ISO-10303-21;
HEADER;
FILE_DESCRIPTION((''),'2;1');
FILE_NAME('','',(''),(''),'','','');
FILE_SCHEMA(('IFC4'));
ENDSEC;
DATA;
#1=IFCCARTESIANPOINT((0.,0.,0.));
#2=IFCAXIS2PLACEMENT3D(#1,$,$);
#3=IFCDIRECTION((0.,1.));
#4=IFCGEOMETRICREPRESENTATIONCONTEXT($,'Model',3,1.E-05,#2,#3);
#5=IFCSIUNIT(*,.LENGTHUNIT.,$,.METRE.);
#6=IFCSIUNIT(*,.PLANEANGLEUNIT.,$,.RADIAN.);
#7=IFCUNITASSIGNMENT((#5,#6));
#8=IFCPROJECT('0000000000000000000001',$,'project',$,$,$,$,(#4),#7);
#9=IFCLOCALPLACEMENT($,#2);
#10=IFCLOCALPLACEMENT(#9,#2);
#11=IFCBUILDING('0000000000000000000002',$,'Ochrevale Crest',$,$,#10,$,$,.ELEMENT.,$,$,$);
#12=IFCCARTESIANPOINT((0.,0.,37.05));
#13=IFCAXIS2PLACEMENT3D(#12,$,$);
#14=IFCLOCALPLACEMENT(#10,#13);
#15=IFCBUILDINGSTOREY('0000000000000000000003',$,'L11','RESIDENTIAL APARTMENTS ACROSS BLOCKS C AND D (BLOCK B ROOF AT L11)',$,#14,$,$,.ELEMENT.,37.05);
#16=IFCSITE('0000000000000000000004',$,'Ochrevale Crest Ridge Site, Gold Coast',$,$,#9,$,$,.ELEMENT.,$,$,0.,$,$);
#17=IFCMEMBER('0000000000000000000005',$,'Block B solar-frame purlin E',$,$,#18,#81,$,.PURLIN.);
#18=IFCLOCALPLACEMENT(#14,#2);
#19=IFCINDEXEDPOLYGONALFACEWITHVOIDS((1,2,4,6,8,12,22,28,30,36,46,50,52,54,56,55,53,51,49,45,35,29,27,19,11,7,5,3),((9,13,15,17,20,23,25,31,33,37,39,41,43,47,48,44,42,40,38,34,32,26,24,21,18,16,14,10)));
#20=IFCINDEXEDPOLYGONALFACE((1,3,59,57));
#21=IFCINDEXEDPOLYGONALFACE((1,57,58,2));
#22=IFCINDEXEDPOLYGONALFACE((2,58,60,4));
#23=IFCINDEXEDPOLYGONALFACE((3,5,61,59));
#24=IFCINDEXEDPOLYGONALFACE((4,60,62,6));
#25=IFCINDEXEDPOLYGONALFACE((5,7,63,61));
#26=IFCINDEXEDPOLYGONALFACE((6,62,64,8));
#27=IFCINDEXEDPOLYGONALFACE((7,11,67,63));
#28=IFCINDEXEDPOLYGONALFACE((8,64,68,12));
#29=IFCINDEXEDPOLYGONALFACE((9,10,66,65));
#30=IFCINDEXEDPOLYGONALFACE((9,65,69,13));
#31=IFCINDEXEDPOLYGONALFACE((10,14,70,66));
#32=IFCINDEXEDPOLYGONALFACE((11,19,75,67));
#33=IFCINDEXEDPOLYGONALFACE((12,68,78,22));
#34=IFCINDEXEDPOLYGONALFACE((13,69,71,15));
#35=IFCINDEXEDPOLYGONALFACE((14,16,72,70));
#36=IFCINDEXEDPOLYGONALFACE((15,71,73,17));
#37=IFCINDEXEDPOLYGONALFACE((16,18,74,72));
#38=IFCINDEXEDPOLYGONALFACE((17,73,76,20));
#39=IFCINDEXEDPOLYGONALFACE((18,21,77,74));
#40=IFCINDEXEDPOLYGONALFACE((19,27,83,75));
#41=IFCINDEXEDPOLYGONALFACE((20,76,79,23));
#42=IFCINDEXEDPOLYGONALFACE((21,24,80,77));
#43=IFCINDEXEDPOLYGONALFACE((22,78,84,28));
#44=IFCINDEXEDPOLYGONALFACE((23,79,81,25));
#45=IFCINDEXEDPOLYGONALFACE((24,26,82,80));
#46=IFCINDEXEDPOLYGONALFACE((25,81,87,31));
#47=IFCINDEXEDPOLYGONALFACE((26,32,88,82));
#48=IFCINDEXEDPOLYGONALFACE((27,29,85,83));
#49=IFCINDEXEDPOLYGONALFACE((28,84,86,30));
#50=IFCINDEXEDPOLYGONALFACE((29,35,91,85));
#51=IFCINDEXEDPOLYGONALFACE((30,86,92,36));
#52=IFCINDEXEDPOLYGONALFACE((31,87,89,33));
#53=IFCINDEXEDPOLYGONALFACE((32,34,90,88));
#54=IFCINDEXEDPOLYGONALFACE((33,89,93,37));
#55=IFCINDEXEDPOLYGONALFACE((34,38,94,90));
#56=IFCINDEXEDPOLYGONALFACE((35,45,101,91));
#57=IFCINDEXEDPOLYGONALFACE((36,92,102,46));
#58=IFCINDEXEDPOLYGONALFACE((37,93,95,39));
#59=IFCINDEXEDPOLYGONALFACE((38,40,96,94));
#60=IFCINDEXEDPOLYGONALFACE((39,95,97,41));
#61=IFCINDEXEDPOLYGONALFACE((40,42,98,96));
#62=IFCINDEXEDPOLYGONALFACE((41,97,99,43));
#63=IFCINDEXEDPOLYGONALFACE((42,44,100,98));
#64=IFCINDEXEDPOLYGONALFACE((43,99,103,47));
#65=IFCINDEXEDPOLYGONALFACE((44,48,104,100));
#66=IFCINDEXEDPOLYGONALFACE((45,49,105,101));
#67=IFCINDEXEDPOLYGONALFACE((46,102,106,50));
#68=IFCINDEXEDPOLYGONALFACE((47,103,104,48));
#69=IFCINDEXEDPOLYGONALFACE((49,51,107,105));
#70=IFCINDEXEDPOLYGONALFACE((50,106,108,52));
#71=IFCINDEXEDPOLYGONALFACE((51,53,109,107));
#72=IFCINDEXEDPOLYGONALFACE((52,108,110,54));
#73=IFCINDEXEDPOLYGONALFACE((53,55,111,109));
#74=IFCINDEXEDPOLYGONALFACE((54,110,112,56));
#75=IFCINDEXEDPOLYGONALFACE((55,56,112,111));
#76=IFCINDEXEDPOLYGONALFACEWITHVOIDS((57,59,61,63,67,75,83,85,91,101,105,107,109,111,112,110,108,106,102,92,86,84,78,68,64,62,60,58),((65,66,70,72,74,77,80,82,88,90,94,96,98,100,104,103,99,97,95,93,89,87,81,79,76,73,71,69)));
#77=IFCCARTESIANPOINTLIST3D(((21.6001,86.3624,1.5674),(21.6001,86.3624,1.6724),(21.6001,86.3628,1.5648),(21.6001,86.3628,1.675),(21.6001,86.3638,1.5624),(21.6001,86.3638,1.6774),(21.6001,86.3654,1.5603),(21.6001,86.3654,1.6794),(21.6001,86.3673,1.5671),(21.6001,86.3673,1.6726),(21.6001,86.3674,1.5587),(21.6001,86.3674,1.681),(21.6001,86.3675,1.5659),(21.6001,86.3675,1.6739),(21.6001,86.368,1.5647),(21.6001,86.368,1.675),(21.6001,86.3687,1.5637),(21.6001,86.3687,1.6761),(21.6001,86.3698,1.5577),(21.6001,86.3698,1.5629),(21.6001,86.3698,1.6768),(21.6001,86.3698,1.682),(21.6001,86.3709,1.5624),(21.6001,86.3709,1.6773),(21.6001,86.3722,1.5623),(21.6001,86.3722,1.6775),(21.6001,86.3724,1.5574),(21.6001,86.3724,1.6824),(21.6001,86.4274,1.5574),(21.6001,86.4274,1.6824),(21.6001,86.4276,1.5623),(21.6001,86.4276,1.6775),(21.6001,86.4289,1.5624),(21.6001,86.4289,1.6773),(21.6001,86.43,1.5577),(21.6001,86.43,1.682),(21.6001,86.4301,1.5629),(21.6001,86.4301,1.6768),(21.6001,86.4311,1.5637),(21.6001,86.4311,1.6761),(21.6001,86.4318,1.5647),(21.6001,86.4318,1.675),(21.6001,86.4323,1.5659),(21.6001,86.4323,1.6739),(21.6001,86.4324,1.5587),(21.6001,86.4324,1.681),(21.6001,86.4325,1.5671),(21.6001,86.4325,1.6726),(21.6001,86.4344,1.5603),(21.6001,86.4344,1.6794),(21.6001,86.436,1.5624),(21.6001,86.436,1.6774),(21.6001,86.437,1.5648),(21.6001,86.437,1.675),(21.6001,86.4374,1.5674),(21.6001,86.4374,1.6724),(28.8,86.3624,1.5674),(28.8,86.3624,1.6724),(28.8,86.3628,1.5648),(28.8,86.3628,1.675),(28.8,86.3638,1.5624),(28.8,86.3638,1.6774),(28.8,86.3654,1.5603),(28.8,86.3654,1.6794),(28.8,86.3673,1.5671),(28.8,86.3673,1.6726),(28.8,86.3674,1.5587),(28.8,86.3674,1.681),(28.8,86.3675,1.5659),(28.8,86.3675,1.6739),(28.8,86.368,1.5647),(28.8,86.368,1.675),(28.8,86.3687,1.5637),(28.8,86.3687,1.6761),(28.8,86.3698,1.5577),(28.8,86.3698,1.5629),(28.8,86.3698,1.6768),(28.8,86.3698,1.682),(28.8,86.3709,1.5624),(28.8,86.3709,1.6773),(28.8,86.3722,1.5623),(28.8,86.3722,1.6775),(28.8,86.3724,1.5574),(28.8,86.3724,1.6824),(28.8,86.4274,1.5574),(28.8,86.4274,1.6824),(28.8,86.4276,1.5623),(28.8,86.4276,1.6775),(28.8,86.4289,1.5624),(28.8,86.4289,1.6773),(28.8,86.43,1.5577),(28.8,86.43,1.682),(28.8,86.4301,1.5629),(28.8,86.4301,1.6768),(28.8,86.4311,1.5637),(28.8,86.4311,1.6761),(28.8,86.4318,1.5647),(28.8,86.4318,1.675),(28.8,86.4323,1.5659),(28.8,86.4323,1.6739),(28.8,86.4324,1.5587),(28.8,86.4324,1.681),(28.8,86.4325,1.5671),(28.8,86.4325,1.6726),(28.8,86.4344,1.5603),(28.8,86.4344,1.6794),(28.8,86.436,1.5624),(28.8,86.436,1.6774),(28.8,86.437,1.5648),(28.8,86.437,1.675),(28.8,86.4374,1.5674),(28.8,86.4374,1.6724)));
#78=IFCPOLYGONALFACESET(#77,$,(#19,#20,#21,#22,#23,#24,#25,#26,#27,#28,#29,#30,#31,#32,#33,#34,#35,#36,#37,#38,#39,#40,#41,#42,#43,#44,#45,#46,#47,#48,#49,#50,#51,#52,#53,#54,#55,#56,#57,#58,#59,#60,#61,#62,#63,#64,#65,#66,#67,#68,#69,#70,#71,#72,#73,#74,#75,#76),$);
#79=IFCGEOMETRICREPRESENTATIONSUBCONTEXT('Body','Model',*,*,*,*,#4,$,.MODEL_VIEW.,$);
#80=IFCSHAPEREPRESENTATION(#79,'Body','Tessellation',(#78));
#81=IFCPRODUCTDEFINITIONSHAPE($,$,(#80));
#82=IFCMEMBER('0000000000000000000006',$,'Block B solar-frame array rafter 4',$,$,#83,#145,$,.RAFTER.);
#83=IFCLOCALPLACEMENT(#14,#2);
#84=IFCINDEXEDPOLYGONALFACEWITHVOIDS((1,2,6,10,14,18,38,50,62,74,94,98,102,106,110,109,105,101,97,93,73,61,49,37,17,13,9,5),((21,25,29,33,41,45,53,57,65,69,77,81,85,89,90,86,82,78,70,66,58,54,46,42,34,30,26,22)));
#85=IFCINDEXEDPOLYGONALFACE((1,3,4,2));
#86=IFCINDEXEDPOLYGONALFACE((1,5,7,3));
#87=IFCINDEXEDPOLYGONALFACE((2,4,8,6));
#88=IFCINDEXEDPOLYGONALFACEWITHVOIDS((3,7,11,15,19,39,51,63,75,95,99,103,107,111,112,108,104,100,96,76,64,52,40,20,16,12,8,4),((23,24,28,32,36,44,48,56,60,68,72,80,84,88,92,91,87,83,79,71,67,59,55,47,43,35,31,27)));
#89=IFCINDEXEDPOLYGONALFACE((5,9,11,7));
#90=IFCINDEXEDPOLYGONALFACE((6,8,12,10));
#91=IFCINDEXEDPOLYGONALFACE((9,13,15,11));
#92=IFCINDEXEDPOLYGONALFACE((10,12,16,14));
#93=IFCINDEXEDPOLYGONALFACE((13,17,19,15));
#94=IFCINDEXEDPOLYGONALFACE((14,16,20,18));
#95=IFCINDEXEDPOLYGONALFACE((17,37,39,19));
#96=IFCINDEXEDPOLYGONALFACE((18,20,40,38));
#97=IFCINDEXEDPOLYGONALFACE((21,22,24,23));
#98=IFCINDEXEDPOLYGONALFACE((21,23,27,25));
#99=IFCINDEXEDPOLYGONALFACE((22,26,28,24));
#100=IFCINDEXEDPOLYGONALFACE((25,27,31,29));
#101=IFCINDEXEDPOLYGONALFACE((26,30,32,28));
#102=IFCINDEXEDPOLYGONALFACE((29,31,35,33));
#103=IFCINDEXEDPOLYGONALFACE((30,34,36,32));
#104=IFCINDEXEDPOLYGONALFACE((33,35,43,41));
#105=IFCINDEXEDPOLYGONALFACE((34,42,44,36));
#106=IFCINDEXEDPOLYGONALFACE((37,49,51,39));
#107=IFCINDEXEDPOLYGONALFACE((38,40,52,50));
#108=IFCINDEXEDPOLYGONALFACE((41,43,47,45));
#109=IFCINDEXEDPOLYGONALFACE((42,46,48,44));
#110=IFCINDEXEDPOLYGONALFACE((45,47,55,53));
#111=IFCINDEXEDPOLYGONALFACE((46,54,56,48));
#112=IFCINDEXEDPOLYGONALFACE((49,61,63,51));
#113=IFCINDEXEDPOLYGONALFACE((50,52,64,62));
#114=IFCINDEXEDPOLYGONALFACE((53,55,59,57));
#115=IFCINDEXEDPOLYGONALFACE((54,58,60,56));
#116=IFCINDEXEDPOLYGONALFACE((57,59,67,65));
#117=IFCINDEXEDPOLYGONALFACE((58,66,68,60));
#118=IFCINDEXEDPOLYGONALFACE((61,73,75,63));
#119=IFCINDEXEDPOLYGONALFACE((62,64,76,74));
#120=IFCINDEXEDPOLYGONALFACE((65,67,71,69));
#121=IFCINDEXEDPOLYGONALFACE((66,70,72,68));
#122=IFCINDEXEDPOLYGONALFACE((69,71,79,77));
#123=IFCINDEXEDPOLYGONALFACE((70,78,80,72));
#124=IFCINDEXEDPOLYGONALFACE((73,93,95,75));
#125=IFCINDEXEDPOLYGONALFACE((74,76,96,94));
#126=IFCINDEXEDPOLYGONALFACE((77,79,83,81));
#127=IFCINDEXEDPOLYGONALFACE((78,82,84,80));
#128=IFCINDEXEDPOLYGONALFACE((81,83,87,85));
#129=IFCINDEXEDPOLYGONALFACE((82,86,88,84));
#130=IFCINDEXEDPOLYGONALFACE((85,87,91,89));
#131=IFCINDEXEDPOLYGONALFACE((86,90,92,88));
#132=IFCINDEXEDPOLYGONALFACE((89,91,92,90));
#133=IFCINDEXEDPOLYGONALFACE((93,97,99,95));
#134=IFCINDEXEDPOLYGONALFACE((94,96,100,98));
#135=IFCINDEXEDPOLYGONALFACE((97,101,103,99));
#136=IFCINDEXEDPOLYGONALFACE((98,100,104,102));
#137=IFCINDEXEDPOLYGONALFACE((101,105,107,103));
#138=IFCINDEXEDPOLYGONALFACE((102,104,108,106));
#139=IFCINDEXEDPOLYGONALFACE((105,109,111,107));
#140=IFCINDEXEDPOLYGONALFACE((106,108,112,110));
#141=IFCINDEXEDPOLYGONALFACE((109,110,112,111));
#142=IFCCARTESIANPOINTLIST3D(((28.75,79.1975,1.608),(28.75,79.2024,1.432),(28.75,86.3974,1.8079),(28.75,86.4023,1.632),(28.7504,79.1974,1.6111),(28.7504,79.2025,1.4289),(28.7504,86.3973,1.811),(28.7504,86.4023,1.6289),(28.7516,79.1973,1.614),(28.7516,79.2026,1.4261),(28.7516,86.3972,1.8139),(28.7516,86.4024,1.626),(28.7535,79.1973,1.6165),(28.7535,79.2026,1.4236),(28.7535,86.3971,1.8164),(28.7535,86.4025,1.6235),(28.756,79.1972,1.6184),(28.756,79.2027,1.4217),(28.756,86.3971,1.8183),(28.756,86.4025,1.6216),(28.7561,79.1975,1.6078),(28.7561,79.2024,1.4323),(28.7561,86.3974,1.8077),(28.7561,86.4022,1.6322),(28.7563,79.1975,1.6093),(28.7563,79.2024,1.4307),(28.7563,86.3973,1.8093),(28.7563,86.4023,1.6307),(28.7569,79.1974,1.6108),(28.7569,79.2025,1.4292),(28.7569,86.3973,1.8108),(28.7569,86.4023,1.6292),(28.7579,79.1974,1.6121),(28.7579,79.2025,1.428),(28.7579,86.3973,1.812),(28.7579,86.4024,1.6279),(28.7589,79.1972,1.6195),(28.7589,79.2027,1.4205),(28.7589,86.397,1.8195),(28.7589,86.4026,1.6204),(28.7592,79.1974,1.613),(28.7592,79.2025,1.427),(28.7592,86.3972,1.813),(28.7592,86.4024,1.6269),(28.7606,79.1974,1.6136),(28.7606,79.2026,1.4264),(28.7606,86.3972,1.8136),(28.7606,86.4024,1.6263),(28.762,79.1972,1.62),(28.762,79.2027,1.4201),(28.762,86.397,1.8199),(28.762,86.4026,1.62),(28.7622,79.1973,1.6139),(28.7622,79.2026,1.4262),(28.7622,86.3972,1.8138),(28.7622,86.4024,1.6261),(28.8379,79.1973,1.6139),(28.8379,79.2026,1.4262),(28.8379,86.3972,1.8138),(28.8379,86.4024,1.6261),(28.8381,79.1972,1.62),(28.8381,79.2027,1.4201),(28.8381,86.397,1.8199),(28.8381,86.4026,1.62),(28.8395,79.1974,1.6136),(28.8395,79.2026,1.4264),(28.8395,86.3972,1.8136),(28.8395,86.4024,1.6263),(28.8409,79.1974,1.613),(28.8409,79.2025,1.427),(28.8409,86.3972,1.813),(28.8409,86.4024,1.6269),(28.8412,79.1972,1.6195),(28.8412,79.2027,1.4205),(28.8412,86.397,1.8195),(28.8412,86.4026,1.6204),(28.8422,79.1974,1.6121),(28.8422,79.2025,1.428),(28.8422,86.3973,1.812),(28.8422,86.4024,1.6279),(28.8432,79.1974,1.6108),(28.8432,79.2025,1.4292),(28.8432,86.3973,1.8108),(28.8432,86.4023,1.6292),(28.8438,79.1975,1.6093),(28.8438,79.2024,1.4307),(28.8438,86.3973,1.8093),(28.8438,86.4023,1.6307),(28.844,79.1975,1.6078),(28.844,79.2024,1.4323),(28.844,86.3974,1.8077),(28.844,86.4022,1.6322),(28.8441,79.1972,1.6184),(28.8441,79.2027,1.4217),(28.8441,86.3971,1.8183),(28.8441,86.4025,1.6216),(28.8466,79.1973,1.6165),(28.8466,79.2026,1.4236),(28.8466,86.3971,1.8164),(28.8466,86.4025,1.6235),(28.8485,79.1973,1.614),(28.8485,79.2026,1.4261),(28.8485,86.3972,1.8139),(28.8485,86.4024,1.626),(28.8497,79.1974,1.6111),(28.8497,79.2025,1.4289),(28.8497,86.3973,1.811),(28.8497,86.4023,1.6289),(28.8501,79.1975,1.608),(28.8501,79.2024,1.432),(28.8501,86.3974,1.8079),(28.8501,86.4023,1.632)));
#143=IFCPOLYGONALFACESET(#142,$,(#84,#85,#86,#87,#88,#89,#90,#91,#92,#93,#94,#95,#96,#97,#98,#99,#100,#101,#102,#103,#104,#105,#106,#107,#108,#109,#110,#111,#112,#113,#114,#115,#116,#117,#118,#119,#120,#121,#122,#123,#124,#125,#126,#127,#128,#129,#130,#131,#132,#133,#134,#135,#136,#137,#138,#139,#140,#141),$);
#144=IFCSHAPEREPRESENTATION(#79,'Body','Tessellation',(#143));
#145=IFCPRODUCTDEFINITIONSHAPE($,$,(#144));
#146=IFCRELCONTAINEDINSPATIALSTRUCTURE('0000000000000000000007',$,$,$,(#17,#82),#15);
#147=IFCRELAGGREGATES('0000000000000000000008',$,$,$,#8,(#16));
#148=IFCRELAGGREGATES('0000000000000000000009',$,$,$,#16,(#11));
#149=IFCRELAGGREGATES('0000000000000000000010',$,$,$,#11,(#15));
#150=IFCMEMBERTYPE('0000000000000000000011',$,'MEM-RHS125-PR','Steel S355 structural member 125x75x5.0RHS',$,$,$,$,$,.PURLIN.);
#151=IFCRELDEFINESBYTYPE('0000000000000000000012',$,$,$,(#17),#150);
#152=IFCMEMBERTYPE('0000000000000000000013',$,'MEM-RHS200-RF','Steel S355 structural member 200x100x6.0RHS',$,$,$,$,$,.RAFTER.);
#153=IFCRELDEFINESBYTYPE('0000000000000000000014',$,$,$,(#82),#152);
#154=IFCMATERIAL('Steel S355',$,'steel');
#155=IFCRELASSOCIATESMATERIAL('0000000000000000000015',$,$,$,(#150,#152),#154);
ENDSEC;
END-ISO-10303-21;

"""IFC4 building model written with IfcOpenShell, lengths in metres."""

from ifc_helpers import new_model, si_unit, direction, frame, origin, origin_2d, place, context, subcontext, project, spatial, hollow_rectangle, extrude, material, material_profile, profile_set, type_object, element, save


model = new_model("IFC4")

# Units and contexts
model_context = context("Model", 3, precision=1e-05, world=origin(), true_north=direction((0.0, 1.0)))
body_context = subcontext(model_context, "Body", "Model", "MODEL_VIEW")
ifc_project = project(units=[si_unit("LENGTHUNIT", "METRE"), si_unit("PLANEANGLEUNIT", "RADIAN")], contexts=[model_context])

# Site, building, storey
site_placement = place(None, origin())
site = spatial("IfcSite", under=ifc_project, at=site_placement, Name="Ochrevale Crest Ridge Site, Gold Coast", CompositionType="ELEMENT", RefElevation=0.0)
building_placement = place(site_placement, origin())
building = spatial("IfcBuilding", under=site, at=building_placement, Name="Ochrevale Crest", CompositionType="ELEMENT")
storey_placement = place(building_placement, frame((0.0, 0.0, 37.05)))
storey = spatial("IfcBuildingStorey", under=building, at=storey_placement, Name="L11", Description="RESIDENTIAL APARTMENTS ACROSS BLOCKS C AND D (BLOCK B ROOF AT L11)", CompositionType="ELEMENT", Elevation=37.05)

# Shared definitions
ifc_material_1 = material(Name="Steel S355", Category="steel")

# Members
ifc_material_profile_1 = material_profile(ifc_material_1, hollow_rectangle(XDim=0.075, YDim=0.125, WallThickness=0.0049, InnerFilletRadius=0.0049, OuterFilletRadius=0.01, at=origin_2d()), Name="125x75x5.0RHS")
ifc_profile_set_1 = profile_set([ifc_material_profile_1], Name="Steel S355")
member_type_1 = type_object("IfcMemberType", Name="MEM-RHS125-PR", Description="Steel S355 structural member 125x75x5.0RHS", PredefinedType="PURLIN", material=ifc_profile_set_1)
member_1_placement = place(storey_placement, frame((21.6001, 86.3999, 1.6199), z_axis=(1.0, 0.0, 0.0), x_axis=(0.0, 1.0, 0.0)))
element("IfcMember", 1, at=member_1_placement, inside=storey, type_object=member_type_1, Name="Block B solar-frame purlin E", PredefinedType="PURLIN", context=body_context, shape_type="SweptSolid", body=[
    extrude(hollow_rectangle(XDim=0.075, YDim=0.125, WallThickness=0.0049, InnerFilletRadius=0.0049, OuterFilletRadius=0.01, at=origin_2d()), origin(), (0.0, 0.0, 1.0), 7.2),
])
ifc_material_profile_2 = material_profile(ifc_material_1, hollow_rectangle(XDim=0.1001, YDim=0.2, WallThickness=0.0061, InnerFilletRadius=0.0061, OuterFilletRadius=0.012, at=origin_2d()), Name="200x100x6.0RHS")
ifc_profile_set_2 = profile_set([ifc_material_profile_2], Name="Steel S355")
member_type_2 = type_object("IfcMemberType", Name="MEM-RHS200-RF", Description="Steel S355 structural member 200x100x6.0RHS", PredefinedType="RAFTER", material=ifc_profile_set_2)
member_2_placement = place(storey_placement, frame((28.8, 79.2, 1.52), z_axis=(0.0, 0.999615, 0.02776), x_axis=(-1.0, 0.0, 0.0)))
element("IfcMember", 2, at=member_2_placement, inside=storey, type_object=member_type_2, Name="Block B solar-frame array rafter 4", PredefinedType="RAFTER", context=body_context, shape_type="SweptSolid", body=[
    extrude(hollow_rectangle(XDim=0.1001, YDim=0.2, WallThickness=0.0061, InnerFilletRadius=0.0061, OuterFilletRadius=0.012, at=origin_2d()), origin(), (0.0, 0.0, 1.0), 7.2026),
])

save(model, "model.ifc")
